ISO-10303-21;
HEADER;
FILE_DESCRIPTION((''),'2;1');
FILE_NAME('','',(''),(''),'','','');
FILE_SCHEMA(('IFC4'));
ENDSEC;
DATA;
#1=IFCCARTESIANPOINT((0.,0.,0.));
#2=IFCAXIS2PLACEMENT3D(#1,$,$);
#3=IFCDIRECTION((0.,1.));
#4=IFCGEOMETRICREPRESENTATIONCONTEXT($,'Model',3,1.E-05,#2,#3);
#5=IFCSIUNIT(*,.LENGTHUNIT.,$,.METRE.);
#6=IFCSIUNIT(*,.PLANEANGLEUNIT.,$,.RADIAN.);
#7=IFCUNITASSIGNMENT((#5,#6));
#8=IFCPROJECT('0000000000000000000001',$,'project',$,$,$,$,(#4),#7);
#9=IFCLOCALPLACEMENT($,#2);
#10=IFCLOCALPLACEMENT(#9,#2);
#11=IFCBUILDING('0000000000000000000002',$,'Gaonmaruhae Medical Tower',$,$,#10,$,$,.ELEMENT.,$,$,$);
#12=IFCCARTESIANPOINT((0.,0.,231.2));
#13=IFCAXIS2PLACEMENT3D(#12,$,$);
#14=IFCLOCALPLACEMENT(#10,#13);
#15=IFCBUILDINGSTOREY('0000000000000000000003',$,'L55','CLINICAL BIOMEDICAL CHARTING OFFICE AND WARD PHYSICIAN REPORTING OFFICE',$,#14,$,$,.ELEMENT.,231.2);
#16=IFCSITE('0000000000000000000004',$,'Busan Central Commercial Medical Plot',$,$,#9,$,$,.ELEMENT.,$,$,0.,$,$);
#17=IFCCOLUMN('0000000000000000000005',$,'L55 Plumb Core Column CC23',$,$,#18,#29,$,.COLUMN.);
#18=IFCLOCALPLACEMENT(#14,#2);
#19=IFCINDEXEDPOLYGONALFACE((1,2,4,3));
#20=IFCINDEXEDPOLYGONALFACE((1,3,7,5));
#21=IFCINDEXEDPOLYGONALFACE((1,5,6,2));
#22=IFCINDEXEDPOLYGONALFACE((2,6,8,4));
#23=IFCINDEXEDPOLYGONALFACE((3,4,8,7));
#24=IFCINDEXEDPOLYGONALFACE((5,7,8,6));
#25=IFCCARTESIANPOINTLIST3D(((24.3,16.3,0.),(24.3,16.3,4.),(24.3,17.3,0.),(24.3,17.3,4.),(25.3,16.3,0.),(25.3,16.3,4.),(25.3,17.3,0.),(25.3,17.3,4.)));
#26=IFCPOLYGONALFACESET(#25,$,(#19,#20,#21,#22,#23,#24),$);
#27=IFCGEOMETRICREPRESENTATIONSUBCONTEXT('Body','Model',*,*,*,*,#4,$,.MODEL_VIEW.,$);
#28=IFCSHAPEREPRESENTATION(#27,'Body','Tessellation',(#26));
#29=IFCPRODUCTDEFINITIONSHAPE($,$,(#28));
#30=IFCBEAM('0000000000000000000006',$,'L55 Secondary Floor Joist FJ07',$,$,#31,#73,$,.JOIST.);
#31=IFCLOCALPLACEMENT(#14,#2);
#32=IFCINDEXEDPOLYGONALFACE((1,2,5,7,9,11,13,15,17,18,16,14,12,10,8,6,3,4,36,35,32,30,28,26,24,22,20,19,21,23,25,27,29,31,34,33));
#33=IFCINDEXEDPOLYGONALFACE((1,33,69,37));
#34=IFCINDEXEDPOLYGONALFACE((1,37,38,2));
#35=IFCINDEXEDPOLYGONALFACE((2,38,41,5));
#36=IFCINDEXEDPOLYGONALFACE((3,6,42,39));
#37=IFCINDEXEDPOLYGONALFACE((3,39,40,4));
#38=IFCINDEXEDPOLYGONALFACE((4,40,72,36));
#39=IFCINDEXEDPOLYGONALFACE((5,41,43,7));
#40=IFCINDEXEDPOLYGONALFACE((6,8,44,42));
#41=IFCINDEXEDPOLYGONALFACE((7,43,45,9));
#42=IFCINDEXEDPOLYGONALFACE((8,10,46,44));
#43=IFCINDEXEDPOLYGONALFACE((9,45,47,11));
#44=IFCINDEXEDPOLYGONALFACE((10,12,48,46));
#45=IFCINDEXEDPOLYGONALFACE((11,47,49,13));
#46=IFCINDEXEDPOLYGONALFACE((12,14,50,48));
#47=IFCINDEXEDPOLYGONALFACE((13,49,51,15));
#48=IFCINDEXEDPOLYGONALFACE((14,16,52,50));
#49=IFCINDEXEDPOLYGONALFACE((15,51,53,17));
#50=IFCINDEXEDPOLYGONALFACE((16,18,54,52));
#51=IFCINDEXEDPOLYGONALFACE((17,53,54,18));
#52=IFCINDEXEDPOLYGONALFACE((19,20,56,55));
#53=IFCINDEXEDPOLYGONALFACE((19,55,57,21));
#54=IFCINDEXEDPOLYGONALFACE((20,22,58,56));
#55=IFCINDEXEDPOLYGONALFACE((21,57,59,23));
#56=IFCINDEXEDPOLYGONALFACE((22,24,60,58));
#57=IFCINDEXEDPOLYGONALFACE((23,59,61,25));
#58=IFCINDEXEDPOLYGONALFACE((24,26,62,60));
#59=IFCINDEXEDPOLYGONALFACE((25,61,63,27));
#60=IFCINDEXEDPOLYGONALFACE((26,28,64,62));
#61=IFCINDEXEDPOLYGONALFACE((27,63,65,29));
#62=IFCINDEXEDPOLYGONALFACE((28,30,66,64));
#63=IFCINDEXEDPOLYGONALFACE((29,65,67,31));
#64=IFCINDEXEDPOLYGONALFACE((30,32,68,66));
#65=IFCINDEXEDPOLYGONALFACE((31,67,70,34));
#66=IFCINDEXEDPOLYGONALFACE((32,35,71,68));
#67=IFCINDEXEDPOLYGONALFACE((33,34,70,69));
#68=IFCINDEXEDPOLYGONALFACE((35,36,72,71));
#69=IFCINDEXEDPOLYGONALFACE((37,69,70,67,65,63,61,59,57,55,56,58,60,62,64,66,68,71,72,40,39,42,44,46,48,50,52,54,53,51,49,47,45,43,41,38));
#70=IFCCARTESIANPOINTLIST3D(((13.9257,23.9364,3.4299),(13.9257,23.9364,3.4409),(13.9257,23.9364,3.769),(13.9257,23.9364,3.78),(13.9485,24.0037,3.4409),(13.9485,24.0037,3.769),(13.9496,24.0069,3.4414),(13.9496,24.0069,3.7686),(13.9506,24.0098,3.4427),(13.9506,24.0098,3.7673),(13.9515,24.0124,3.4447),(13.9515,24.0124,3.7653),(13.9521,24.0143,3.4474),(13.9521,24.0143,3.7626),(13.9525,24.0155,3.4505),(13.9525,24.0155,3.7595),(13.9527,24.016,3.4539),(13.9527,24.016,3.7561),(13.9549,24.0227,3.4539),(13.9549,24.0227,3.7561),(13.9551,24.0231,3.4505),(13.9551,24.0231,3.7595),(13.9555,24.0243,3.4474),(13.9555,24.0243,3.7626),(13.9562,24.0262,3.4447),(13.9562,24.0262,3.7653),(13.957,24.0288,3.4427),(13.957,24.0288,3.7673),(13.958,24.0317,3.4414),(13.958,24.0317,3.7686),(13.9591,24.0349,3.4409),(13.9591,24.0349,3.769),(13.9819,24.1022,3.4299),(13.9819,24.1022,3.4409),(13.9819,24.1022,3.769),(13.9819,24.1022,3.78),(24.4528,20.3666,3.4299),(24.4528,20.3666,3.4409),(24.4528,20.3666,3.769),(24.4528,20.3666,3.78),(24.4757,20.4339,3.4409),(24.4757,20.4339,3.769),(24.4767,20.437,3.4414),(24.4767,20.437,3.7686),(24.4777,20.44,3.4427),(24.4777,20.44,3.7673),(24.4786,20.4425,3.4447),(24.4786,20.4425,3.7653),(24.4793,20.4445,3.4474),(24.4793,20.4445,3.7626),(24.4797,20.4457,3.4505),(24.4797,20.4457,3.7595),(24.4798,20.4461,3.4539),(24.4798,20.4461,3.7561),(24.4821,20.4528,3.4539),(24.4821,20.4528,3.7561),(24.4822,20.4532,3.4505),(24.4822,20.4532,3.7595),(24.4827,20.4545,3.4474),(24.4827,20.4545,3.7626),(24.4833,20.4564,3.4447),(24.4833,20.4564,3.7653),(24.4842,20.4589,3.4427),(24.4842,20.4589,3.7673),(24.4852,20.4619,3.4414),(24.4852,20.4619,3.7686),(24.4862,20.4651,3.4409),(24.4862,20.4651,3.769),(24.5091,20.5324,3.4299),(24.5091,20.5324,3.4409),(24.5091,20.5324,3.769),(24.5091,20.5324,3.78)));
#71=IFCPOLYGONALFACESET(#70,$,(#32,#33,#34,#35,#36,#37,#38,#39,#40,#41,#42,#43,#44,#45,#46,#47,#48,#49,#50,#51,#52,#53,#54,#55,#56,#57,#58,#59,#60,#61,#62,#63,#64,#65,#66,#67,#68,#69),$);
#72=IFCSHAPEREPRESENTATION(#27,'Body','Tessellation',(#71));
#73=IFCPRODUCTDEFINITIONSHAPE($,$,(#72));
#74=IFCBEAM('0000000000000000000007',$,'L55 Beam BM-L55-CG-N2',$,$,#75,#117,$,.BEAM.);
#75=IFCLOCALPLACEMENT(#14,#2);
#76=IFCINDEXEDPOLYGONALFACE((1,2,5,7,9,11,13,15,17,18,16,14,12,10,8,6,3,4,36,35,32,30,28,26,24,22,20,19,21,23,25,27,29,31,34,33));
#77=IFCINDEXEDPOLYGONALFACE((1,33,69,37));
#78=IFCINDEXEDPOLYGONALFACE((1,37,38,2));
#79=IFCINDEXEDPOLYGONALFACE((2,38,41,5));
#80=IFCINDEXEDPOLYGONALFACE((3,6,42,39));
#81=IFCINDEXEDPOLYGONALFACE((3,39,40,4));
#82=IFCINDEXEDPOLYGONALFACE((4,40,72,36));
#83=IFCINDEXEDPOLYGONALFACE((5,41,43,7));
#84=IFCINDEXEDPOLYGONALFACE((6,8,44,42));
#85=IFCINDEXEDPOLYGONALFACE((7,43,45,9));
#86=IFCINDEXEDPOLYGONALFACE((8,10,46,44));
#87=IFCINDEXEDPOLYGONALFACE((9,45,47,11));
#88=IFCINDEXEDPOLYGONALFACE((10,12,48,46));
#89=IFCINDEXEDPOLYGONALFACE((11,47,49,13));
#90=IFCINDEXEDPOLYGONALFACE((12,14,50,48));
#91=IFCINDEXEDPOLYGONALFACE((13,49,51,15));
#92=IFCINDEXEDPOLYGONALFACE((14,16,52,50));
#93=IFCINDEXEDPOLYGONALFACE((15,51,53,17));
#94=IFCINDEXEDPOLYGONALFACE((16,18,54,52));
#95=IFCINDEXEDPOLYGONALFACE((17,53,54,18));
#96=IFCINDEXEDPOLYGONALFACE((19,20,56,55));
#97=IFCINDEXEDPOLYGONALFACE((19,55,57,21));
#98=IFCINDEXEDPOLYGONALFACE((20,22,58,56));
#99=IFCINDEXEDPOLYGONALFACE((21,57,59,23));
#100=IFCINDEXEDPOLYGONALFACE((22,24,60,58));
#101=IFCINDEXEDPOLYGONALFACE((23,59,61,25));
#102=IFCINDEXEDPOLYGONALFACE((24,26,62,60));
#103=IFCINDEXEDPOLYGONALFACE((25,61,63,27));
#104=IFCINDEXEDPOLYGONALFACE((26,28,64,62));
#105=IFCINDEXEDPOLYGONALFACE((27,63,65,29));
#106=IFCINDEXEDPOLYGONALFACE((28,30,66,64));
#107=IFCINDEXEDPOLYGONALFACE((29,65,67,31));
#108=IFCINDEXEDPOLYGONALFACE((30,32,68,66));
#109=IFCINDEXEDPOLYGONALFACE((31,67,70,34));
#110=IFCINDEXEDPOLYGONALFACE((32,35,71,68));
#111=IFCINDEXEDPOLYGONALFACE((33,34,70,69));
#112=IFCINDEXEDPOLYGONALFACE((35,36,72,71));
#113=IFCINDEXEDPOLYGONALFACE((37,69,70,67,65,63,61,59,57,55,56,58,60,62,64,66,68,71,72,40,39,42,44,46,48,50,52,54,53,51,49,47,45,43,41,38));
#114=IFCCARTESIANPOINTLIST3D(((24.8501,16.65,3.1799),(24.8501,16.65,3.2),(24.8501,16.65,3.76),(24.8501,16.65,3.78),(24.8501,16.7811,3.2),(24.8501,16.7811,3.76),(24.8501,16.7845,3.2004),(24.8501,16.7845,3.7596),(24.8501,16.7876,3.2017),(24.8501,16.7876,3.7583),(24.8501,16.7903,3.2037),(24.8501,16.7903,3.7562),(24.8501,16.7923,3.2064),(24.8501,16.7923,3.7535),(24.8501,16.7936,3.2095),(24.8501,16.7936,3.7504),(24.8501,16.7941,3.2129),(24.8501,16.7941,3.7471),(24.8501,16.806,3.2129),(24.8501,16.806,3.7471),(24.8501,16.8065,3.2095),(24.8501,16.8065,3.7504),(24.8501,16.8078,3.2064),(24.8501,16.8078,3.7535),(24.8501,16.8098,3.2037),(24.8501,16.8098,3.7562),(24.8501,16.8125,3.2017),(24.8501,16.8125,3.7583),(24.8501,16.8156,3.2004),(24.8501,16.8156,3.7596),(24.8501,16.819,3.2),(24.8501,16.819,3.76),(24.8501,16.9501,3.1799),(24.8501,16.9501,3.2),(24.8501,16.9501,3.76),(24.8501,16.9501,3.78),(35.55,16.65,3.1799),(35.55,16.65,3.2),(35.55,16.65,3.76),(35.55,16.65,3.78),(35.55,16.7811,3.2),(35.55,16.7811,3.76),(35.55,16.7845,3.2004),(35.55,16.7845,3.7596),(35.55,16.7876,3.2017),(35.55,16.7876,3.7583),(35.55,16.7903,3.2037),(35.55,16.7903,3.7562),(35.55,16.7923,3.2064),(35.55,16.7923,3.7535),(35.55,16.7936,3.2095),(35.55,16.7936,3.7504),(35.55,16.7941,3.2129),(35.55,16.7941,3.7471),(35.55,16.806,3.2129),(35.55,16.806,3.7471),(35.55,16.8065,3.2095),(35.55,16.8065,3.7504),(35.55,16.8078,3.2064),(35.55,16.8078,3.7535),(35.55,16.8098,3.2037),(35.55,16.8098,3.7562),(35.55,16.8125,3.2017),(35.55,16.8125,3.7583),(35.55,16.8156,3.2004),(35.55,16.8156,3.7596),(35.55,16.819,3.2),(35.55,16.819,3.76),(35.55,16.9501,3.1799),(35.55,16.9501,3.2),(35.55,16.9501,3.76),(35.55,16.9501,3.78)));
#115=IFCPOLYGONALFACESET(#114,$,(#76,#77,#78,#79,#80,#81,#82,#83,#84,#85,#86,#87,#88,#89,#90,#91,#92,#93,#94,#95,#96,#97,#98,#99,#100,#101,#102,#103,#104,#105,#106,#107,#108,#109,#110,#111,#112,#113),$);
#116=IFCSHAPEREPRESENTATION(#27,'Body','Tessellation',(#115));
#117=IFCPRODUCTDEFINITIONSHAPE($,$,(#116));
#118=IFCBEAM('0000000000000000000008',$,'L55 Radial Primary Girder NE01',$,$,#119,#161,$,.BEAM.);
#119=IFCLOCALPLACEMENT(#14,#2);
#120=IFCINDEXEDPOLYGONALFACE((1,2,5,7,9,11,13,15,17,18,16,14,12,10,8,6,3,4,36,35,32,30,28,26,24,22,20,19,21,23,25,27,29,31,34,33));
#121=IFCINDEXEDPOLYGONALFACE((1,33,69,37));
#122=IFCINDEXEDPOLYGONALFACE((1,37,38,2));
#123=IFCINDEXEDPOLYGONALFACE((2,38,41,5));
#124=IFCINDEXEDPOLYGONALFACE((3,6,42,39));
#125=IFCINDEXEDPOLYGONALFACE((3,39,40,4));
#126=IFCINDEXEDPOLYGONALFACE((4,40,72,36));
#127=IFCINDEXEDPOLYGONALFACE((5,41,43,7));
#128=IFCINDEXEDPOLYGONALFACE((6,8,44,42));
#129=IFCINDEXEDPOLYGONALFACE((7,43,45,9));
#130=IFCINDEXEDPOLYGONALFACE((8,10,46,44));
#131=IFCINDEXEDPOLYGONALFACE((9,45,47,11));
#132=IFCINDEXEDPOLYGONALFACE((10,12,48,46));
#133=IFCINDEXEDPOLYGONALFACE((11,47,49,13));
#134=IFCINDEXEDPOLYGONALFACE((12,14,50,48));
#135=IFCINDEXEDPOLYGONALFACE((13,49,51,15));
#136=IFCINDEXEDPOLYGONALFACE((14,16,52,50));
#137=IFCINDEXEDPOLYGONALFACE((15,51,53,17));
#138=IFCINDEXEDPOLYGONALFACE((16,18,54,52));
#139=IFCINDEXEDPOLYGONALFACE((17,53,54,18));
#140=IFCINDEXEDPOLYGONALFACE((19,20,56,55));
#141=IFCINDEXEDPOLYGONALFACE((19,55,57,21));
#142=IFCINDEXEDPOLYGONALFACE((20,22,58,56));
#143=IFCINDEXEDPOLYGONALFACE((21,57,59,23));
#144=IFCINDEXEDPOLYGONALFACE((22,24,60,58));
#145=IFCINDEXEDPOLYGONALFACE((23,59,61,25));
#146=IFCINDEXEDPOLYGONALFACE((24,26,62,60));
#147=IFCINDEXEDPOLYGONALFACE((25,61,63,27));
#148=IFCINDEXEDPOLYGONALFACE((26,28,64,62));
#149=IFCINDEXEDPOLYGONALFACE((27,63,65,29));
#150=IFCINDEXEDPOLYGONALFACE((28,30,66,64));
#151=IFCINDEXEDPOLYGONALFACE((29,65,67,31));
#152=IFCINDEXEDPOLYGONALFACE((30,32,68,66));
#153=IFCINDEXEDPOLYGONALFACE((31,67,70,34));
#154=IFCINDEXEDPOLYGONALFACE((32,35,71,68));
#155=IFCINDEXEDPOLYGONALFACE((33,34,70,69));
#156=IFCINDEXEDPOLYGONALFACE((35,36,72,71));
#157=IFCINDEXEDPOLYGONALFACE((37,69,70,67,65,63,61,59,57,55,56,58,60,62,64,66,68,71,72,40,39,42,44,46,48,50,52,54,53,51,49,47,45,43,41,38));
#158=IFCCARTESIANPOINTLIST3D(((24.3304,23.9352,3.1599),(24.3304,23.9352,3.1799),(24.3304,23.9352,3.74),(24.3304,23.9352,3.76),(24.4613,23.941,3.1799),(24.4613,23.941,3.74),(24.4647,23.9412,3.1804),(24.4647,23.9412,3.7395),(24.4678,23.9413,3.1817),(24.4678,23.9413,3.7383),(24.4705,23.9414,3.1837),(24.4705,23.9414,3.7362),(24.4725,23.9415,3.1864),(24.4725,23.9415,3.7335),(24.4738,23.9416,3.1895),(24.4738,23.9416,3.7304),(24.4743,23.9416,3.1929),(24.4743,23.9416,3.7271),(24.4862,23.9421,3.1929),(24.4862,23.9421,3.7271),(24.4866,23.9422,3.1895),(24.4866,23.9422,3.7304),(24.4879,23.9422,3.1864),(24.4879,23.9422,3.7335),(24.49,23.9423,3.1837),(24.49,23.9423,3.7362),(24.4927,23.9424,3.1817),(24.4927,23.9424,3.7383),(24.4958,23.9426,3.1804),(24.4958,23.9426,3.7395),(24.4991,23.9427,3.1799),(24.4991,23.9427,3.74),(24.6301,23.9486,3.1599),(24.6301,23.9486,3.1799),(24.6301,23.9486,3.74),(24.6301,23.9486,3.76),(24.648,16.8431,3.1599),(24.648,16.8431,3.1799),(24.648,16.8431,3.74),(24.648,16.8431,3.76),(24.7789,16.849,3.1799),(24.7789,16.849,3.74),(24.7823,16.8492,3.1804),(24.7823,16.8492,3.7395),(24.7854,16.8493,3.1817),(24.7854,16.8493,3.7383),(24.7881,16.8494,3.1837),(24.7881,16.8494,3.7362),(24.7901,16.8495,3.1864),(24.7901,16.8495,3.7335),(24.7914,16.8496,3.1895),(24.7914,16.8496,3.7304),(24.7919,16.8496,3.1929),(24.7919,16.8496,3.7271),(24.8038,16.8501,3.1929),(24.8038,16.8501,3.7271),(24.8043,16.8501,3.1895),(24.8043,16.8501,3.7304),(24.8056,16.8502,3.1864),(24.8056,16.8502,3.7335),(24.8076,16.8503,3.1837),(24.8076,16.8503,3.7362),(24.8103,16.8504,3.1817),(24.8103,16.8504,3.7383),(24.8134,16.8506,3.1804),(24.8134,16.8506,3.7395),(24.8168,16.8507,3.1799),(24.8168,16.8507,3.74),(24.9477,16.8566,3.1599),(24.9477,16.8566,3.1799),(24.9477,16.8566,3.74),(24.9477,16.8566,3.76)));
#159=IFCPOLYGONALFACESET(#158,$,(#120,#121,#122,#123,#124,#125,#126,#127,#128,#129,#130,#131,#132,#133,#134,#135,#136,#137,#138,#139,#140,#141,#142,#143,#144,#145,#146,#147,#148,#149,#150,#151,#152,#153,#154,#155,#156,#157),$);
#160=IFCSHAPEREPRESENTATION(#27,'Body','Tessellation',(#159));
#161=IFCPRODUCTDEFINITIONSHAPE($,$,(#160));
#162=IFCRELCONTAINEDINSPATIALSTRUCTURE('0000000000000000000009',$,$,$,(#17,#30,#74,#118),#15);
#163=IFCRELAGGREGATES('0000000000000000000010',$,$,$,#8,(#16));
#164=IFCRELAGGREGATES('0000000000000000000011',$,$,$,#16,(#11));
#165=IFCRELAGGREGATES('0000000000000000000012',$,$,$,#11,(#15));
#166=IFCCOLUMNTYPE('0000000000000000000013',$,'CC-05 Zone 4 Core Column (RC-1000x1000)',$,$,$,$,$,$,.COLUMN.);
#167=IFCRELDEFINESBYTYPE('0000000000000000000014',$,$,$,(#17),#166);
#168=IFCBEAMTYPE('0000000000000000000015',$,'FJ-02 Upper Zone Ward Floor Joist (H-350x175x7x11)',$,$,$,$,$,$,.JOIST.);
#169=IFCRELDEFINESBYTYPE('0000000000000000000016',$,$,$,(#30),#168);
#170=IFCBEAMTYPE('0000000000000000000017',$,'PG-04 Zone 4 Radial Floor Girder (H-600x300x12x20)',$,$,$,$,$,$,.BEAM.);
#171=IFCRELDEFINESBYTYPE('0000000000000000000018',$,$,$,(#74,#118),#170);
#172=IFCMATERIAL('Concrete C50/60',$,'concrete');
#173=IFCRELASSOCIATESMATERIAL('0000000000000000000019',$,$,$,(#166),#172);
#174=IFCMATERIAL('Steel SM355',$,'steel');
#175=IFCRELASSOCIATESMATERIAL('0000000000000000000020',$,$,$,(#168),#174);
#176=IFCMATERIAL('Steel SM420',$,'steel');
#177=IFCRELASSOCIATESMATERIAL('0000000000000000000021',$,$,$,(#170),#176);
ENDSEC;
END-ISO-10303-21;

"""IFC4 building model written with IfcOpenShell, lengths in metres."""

from ifc_helpers import new_model, si_unit, direction, frame, origin, origin_2d, place, context, subcontext, project, spatial, rectangle, i_section, extrude, material, material_profile, profile_set, type_object, element, save


model = new_model("IFC4")

# Units and contexts
model_context = context("Model", 3, precision=1e-05, world=origin(), true_north=direction((0.0, 1.0)))
body_context = subcontext(model_context, "Body", "Model", "MODEL_VIEW")
ifc_project = project(units=[si_unit("LENGTHUNIT", "METRE"), si_unit("PLANEANGLEUNIT", "RADIAN")], contexts=[model_context])

# Site, building, storey
site_placement = place(None, origin())
site = spatial("IfcSite", under=ifc_project, at=site_placement, Name="Busan Central Commercial Medical Plot", CompositionType="ELEMENT", RefElevation=0.0)
building_placement = place(site_placement, origin())
building = spatial("IfcBuilding", under=site, at=building_placement, Name="Gaonmaruhae Medical Tower", CompositionType="ELEMENT")
storey_placement = place(building_placement, frame((0.0, 0.0, 231.2)))
storey = spatial("IfcBuildingStorey", under=building, at=storey_placement, Name="L55", Description="CLINICAL BIOMEDICAL CHARTING OFFICE AND WARD PHYSICIAN REPORTING OFFICE", CompositionType="ELEMENT", Elevation=231.2)

# Column
ifc_material_1 = material(Name="Concrete C50/60", Category="concrete")
ifc_material_profile_1 = material_profile(ifc_material_1, rectangle(XDim=1.0, YDim=1.0, at=origin_2d()), Name="RC-1000x1000")
ifc_profile_set_1 = profile_set([ifc_material_profile_1], Name="Concrete C50/60")
column_type = type_object("IfcColumnType", Name="CC-05 Zone 4 Core Column (RC-1000x1000)", PredefinedType="COLUMN", material=ifc_profile_set_1)
column_placement = place(storey_placement, frame((24.8, 16.8, 0.0), z_axis=(0.0, 0.0, 1.0), x_axis=(1.0, 0.0, 0.0)))
element("IfcColumn", 1, at=column_placement, inside=storey, type_object=column_type, Name="L55 Plumb Core Column CC23", PredefinedType="COLUMN", context=body_context, shape_type="SweptSolid", body=[
    extrude(rectangle(XDim=1.0, YDim=1.0, at=origin_2d()), origin(), (0.0, 0.0, 1.0), 4.0),
])

# Beams
ifc_material_2 = material(Name="Steel SM355", Category="steel")
ifc_material_profile_2 = material_profile(ifc_material_2, i_section(OverallWidth=0.175, OverallDepth=0.3501, WebThickness=0.0071, FlangeThickness=0.011, FilletRadius=0.0129, at=origin_2d()), Name="H-350x175x7x11")
ifc_profile_set_2 = profile_set([ifc_material_profile_2], Name="Steel SM355")
beam_type_1 = type_object("IfcBeamType", Name="FJ-02 Upper Zone Ward Floor Joist (H-350x175x7x11)", PredefinedType="JOIST", material=ifc_profile_set_2)
beam_1_placement = place(storey_placement, frame((24.481, 20.4495, 3.605), z_axis=(-0.94703, 0.321145, 0.0), x_axis=(-0.321145, -0.94703, 0.0)))
element("IfcBeam", 2, at=beam_1_placement, inside=storey, type_object=beam_type_1, Name="L55 Secondary Floor Joist FJ07", PredefinedType="JOIST", context=body_context, shape_type="SweptSolid", body=[
    extrude(i_section(OverallWidth=0.175, OverallDepth=0.3501, WebThickness=0.0071, FlangeThickness=0.011, FilletRadius=0.0129, at=origin_2d()), origin(), (0.0, 0.0, 1.0), 11.116),
])
ifc_material_3 = material(Name="Steel SM420", Category="steel")
ifc_material_profile_3 = material_profile(ifc_material_3, i_section(OverallWidth=0.3, OverallDepth=0.6001, WebThickness=0.012, FlangeThickness=0.02, FilletRadius=0.0129, at=origin_2d()), Name="H-600x300x12x20")
ifc_profile_set_3 = profile_set([ifc_material_profile_3], Name="Steel SM420")
beam_type_2 = type_object("IfcBeamType", Name="PG-04 Zone 4 Radial Floor Girder (H-600x300x12x20)", PredefinedType="BEAM", material=ifc_profile_set_3)
beam_2_placement = place(storey_placement, frame((24.8501, 16.8, 3.48), z_axis=(1.0, 0.0, 0.0), x_axis=(0.0, 1.0, 0.0)))
element("IfcBeam", 3, at=beam_2_placement, inside=storey, type_object=beam_type_2, Name="L55 Beam BM-L55-CG-N2", PredefinedType="BEAM", context=body_context, shape_type="SweptSolid", body=[
    extrude(i_section(OverallWidth=0.3, OverallDepth=0.6001, WebThickness=0.012, FlangeThickness=0.02, FilletRadius=0.0129, at=origin_2d()), origin(), (0.0, 0.0, 1.0), 10.7),
])
beam_3_placement = place(storey_placement, frame((24.7979, 16.8499, 3.46), z_axis=(-0.044742, 0.998999, 0.0), x_axis=(-0.998999, -0.044742, 0.0)))
element("IfcBeam", 4, at=beam_3_placement, inside=storey, type_object=beam_type_2, Name="L55 Radial Primary Girder NE01", PredefinedType="BEAM", context=body_context, shape_type="SweptSolid", body=[
    extrude(i_section(OverallWidth=0.3, OverallDepth=0.6001, WebThickness=0.012, FlangeThickness=0.02, FilletRadius=0.0129, at=origin_2d()), origin(), (0.0, 0.0, 1.0), 7.0991),
])

save(model, "model.ifc")
